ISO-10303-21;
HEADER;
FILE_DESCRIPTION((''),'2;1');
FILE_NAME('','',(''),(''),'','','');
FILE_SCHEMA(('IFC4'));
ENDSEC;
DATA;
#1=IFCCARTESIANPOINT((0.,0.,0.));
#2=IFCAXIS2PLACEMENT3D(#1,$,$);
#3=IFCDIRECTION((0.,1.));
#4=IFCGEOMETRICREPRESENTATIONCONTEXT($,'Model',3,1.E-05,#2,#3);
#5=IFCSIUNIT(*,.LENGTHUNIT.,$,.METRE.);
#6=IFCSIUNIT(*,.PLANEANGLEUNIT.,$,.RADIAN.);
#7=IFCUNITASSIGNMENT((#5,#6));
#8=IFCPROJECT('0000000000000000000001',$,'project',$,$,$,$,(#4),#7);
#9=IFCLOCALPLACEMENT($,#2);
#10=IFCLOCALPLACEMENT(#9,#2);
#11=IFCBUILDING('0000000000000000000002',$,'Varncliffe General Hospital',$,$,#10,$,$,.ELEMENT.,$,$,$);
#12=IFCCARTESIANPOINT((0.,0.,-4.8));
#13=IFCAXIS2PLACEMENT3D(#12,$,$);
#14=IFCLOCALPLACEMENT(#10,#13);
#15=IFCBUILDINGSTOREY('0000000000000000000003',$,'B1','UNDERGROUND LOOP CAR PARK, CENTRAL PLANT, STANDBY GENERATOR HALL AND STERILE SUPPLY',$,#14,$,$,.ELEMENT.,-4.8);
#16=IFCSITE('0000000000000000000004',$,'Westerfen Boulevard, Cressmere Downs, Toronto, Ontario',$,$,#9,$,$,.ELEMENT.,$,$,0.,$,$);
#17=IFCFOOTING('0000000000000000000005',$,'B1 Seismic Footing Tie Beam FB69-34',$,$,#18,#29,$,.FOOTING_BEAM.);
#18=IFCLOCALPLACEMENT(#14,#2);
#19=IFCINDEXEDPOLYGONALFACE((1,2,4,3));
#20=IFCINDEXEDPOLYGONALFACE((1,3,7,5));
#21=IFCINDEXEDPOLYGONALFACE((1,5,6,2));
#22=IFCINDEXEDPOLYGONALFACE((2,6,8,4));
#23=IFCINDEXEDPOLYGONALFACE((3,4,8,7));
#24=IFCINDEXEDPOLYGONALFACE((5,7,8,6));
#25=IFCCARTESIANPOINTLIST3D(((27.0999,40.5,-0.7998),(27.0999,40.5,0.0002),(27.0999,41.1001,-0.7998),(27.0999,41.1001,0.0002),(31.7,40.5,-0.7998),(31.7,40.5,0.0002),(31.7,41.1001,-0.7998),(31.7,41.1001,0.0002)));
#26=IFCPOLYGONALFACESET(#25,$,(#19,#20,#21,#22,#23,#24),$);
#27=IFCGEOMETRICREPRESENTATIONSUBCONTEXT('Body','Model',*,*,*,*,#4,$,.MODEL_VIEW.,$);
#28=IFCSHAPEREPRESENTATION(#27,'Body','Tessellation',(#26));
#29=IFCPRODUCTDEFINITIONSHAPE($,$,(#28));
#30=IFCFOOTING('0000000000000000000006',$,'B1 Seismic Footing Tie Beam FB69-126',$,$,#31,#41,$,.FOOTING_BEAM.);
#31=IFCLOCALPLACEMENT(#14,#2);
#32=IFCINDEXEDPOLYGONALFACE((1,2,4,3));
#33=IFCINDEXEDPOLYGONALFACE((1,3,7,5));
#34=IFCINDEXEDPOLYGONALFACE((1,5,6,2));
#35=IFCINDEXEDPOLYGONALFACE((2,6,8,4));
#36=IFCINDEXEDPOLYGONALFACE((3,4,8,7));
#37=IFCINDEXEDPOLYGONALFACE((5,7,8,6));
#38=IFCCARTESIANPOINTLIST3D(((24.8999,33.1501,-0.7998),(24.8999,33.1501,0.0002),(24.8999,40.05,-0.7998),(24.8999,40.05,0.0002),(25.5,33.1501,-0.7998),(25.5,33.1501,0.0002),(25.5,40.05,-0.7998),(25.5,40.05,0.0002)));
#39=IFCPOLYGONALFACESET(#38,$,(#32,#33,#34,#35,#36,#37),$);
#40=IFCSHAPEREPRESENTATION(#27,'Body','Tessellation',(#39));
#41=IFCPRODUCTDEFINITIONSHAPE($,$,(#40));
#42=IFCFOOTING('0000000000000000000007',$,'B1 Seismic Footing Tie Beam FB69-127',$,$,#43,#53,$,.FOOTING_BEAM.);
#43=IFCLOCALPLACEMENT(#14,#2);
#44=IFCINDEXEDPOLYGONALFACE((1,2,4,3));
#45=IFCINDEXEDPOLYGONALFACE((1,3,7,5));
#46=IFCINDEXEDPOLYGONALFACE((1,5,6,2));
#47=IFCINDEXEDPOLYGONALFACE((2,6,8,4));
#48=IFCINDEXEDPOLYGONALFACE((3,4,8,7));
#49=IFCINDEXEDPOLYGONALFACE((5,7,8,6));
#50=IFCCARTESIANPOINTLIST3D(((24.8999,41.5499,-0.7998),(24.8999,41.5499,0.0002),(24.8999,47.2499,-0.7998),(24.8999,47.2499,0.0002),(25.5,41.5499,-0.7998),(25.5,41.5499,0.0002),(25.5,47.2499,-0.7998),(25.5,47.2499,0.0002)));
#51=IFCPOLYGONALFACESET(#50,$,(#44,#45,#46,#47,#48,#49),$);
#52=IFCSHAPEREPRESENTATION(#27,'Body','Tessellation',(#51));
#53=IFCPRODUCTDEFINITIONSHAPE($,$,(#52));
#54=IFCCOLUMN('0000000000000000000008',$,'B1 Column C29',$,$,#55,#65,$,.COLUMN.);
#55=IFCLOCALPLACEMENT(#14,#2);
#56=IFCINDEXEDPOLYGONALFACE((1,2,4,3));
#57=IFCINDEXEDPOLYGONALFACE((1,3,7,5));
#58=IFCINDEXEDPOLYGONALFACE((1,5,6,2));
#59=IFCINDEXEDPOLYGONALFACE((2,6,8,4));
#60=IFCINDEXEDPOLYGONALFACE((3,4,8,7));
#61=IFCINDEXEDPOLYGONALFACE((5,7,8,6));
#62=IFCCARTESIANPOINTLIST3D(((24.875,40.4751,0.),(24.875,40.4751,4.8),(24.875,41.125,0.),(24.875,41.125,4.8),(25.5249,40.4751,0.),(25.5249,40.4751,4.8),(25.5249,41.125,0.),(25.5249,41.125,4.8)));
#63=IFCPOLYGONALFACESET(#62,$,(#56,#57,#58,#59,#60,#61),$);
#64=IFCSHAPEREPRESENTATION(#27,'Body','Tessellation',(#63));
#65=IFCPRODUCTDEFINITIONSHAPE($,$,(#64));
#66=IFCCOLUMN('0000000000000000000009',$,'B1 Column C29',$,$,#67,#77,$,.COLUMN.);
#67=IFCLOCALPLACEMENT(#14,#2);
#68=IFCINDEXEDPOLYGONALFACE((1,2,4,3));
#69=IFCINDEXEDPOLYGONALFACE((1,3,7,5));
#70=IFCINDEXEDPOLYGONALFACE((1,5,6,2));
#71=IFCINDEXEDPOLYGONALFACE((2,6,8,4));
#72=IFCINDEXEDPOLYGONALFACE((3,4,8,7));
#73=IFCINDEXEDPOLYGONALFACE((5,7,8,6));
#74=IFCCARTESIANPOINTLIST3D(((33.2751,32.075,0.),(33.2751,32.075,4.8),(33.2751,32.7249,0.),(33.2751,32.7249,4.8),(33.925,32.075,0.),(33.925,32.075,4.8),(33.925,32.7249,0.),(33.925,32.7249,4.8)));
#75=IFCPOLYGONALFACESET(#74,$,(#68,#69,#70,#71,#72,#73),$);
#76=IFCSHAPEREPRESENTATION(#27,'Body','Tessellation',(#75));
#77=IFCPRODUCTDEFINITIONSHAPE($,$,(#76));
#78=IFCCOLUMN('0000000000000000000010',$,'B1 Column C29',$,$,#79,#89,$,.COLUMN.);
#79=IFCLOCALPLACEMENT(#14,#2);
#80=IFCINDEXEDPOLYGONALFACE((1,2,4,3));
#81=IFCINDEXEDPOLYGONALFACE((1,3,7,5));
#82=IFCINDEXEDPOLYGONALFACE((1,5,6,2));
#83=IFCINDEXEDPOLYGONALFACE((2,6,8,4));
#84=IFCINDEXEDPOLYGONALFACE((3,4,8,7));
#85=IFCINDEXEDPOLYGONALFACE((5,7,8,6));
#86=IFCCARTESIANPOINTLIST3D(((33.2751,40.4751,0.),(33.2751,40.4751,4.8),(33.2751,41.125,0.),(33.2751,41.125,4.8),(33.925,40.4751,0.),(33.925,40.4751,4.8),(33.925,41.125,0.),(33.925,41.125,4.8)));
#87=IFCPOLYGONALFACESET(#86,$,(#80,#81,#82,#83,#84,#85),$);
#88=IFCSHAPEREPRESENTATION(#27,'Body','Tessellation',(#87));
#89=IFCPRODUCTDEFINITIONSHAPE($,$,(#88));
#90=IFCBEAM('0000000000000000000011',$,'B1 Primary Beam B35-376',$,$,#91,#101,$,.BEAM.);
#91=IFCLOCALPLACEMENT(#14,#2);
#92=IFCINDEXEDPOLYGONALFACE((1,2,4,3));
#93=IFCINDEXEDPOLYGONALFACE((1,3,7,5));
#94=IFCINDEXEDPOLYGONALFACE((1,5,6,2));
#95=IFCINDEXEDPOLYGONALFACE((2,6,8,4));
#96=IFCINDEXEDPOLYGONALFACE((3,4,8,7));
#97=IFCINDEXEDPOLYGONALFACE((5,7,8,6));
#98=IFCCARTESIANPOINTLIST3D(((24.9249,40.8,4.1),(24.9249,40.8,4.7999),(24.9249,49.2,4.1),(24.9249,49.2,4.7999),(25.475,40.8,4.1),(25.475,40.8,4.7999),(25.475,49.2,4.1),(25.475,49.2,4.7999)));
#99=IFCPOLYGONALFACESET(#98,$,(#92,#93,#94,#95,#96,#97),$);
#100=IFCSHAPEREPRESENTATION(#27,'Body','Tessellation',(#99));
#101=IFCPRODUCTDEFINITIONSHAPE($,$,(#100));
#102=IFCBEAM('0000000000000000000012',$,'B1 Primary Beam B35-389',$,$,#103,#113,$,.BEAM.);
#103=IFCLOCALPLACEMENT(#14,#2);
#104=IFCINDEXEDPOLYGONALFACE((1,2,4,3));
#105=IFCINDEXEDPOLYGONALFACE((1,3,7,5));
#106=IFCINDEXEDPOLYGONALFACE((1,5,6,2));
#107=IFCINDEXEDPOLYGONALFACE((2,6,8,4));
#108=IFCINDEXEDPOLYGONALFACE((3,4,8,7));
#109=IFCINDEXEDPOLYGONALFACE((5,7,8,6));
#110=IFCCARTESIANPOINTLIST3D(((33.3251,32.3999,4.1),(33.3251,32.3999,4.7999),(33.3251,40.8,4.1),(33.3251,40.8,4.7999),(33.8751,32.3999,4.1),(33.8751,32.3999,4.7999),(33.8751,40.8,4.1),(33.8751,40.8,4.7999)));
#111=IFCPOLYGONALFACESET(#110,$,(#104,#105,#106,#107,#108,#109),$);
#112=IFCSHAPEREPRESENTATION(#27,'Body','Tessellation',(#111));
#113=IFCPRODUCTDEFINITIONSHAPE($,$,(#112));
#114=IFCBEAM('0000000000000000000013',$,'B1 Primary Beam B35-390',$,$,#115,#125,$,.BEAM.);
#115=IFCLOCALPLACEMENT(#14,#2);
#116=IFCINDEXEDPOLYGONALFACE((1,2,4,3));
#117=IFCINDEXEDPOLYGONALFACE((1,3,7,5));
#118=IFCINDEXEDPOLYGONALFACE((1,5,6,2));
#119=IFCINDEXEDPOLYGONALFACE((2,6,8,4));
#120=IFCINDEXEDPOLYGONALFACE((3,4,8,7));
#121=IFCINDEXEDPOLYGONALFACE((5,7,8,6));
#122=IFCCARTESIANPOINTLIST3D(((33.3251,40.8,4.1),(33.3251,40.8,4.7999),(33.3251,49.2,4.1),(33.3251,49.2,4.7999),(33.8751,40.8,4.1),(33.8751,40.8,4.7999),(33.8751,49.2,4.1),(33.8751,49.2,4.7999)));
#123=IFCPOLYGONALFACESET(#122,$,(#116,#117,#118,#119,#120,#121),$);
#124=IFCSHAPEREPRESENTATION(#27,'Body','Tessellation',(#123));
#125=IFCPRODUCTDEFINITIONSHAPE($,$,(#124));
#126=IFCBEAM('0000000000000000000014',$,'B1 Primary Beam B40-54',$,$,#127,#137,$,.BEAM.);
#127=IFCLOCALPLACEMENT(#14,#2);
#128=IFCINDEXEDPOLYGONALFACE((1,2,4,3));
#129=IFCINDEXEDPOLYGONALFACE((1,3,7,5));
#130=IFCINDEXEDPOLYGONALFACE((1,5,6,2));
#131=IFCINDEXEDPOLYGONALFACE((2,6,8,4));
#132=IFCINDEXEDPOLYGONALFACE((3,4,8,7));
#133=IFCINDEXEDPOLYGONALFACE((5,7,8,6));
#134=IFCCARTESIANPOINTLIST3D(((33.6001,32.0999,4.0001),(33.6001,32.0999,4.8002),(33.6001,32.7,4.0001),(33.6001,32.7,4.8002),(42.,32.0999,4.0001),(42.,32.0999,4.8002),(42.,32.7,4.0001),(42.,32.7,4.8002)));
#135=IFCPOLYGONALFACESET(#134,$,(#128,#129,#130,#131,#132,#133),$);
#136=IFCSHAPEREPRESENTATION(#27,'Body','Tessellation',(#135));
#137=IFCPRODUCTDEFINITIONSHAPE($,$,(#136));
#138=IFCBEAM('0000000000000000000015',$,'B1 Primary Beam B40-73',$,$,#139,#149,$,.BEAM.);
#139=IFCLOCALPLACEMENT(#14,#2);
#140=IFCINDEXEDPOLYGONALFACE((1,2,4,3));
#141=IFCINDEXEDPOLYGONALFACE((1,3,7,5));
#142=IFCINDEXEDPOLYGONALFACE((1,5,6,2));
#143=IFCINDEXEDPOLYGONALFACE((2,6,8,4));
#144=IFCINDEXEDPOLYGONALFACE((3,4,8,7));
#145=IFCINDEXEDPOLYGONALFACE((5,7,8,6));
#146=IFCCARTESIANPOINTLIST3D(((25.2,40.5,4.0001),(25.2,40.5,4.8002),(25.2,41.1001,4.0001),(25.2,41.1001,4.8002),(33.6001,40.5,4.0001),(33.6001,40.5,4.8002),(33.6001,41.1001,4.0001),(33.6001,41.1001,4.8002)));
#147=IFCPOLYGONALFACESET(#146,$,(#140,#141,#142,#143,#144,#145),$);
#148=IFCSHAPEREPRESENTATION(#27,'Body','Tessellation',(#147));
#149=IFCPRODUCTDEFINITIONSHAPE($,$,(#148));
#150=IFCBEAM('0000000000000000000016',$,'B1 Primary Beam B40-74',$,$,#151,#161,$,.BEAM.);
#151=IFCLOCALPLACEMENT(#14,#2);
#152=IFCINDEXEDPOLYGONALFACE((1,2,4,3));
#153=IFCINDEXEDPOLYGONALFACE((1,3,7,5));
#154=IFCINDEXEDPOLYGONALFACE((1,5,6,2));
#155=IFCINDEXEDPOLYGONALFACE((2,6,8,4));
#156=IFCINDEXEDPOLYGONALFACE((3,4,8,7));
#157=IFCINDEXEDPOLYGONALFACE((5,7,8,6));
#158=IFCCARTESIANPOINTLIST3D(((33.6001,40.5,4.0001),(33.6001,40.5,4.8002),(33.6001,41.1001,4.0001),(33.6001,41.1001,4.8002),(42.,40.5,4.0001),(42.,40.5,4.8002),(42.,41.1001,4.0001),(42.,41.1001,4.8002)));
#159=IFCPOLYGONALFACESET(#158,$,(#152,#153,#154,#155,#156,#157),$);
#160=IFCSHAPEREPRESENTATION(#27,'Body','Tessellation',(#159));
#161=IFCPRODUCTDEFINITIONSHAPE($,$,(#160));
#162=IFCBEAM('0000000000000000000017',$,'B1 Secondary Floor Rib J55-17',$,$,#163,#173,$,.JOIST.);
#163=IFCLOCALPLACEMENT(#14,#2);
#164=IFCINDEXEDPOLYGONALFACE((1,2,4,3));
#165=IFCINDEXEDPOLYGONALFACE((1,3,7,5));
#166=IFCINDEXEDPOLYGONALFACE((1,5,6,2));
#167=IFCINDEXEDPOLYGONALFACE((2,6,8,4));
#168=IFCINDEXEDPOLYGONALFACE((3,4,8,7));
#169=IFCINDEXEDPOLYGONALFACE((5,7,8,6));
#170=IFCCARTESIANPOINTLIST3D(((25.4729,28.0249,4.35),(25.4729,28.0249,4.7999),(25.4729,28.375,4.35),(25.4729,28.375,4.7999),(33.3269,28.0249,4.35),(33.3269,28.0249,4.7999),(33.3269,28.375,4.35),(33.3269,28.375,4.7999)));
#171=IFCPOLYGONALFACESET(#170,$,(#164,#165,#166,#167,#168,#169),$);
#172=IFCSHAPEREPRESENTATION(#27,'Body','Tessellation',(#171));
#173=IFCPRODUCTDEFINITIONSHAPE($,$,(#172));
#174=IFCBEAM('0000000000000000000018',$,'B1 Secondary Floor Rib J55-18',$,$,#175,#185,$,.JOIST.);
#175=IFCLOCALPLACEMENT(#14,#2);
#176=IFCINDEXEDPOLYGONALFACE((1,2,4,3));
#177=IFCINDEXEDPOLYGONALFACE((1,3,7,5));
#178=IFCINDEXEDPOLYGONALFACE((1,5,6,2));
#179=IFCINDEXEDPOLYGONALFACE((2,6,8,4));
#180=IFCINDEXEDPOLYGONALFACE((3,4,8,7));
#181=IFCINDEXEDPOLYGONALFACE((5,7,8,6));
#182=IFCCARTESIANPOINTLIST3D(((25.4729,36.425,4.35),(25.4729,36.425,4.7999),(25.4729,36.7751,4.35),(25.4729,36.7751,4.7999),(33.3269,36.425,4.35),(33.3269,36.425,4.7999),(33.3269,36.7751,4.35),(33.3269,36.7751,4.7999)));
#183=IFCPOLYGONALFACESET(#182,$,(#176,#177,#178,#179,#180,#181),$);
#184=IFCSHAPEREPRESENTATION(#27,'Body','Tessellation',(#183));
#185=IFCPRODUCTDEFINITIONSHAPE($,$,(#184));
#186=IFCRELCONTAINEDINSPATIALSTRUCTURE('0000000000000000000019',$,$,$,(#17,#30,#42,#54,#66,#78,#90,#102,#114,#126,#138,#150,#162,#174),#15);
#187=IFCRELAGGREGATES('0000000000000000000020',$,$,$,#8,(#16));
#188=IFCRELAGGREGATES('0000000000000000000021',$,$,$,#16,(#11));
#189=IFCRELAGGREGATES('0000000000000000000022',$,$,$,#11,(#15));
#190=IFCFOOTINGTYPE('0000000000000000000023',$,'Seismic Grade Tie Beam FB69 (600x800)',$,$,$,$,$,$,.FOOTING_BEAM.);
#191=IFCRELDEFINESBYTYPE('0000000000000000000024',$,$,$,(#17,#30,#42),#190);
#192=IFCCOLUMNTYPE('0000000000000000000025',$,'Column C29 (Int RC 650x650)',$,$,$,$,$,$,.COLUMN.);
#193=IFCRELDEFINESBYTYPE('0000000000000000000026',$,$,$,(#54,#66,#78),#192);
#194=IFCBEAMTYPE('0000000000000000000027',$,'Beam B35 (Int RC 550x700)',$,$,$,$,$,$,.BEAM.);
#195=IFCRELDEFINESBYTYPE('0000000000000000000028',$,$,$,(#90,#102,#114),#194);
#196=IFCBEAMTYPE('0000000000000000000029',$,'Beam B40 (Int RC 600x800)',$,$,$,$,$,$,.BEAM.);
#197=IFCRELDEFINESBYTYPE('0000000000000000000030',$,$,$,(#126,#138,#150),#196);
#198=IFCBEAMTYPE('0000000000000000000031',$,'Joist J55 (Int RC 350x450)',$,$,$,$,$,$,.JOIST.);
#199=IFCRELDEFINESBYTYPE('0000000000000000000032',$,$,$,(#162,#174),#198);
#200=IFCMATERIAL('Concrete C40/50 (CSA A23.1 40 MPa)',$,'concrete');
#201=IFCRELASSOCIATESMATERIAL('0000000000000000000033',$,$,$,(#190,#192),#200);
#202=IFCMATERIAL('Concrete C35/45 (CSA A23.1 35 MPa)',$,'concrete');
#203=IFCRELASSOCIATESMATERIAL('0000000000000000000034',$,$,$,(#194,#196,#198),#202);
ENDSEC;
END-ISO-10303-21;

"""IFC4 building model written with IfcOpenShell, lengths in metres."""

from ifc_helpers import new_model, si_unit, direction, frame, origin, origin_2d, place, context, subcontext, project, spatial, rectangle, extrude, material, material_profile, profile_set, type_object, element, save


model = new_model("IFC4")

# Units and contexts
model_context = context("Model", 3, precision=1e-05, world=origin(), true_north=direction((0.0, 1.0)))
body_context = subcontext(model_context, "Body", "Model", "MODEL_VIEW")
ifc_project = project(units=[si_unit("LENGTHUNIT", "METRE"), si_unit("PLANEANGLEUNIT", "RADIAN")], contexts=[model_context])

# Site, building, storey
site_placement = place(None, origin())
site = spatial("IfcSite", under=ifc_project, at=site_placement, Name="Westerfen Boulevard, Cressmere Downs, Toronto, Ontario", CompositionType="ELEMENT", RefElevation=0.0)
building_placement = place(site_placement, origin())
building = spatial("IfcBuilding", under=site, at=building_placement, Name="Varncliffe General Hospital", CompositionType="ELEMENT")
storey_placement = place(building_placement, frame((0.0, 0.0, -4.8)))
storey = spatial("IfcBuildingStorey", under=building, at=storey_placement, Name="B1", Description="UNDERGROUND LOOP CAR PARK, CENTRAL PLANT, STANDBY GENERATOR HALL AND STERILE SUPPLY", CompositionType="ELEMENT", Elevation=-4.8)

# Shared definitions
ifc_material_1 = material(Name="Concrete C40/50 (CSA A23.1 40 MPa)", Category="concrete")

# Footings
footing_type_1 = type_object("IfcFootingType", Name="Seismic Grade Tie Beam FB69 (600x800)", PredefinedType="FOOTING_BEAM", material=ifc_material_1)
footing_1_placement = place(storey_placement, frame((29.3999, 40.8, -0.7998), z_axis=(0.0, 0.0, 1.0), x_axis=(1.0, 0.0, 0.0)))
element("IfcFooting", 1, at=footing_1_placement, inside=storey, type_object=footing_type_1, Name="B1 Seismic Footing Tie Beam FB69-34", PredefinedType="FOOTING_BEAM", context=body_context, shape_type="SweptSolid", body=[
    extrude(rectangle(XDim=4.6001, YDim=0.6001, at=origin_2d()), origin(), (0.0, 0.0, 1.0), 0.8),
])
footing_2_placement = place(storey_placement, frame((25.2, 36.6001, -0.7998), z_axis=(0.0, 0.0, 1.0), x_axis=(1.0, 0.0, 0.0)))
element("IfcFooting", 2, at=footing_2_placement, inside=storey, type_object=footing_type_1, Name="B1 Seismic Footing Tie Beam FB69-126", PredefinedType="FOOTING_BEAM", context=body_context, shape_type="SweptSolid", body=[
    extrude(rectangle(XDim=0.6001, YDim=6.8999, at=origin_2d()), origin(), (0.0, 0.0, 1.0), 0.8),
])
footing_3_placement = place(storey_placement, frame((25.2, 44.3999, -0.7998), z_axis=(0.0, 0.0, 1.0), x_axis=(1.0, 0.0, 0.0)))
element("IfcFooting", 3, at=footing_3_placement, inside=storey, type_object=footing_type_1, Name="B1 Seismic Footing Tie Beam FB69-127", PredefinedType="FOOTING_BEAM", context=body_context, shape_type="SweptSolid", body=[
    extrude(rectangle(XDim=0.6001, YDim=5.7, at=origin_2d()), origin(), (0.0, 0.0, 1.0), 0.8),
])

# Columns
ifc_material_profile_1 = material_profile(ifc_material_1, rectangle(XDim=0.6499, YDim=0.6499, at=origin_2d()), Name="RC 650x650")
ifc_profile_set_1 = profile_set([ifc_material_profile_1], Name="Concrete C40/50 (CSA A23.1 40 MPa)")
column_type = type_object("IfcColumnType", Name="Column C29 (Int RC 650x650)", PredefinedType="COLUMN", material=ifc_profile_set_1)
for number, where, z_axis, x_axis, name in (
    (4, (25.2, 40.8, 0.0), (0.0, 0.0, 1.0), (1.0, 0.0, 0.0), "B1 Column C29"),
    (5, (33.6001, 32.3999, 0.0), (0.0, 0.0, 1.0), (1.0, 0.0, 0.0), "B1 Column C29"),
    (6, (33.6001, 40.8, 0.0), (0.0, 0.0, 1.0), (1.0, 0.0, 0.0), "B1 Column C29"),
):
    element("IfcColumn", number, at=place(storey_placement, frame(where, z_axis=z_axis, x_axis=x_axis)), inside=storey, type_object=column_type, Name=name, PredefinedType="COLUMN", context=body_context, shape_type="SweptSolid", body=[
        extrude(rectangle(XDim=0.6499, YDim=0.6499, at=origin_2d()), origin(), (0.0, 0.0, 1.0), 4.8),
    ])

# Beams
ifc_material_2 = material(Name="Concrete C35/45 (CSA A23.1 35 MPa)", Category="concrete")
ifc_material_profile_2 = material_profile(ifc_material_2, rectangle(XDim=0.55, YDim=0.7, at=origin_2d()), Name="RC 550x700")
ifc_profile_set_2 = profile_set([ifc_material_profile_2], Name="Concrete C35/45 (CSA A23.1 35 MPa)")
beam_type_1 = type_object("IfcBeamType", Name="Beam B35 (Int RC 550x700)", PredefinedType="BEAM", material=ifc_profile_set_2)
beam_1_placement = place(storey_placement, frame((25.2, 40.8, 4.45), z_axis=(0.0, 1.0, 0.0), x_axis=(-1.0, 0.0, 0.0)))
element("IfcBeam", 7, at=beam_1_placement, inside=storey, type_object=beam_type_1, Name="B1 Primary Beam B35-376", PredefinedType="BEAM", context=body_context, shape_type="SweptSolid", body=[
    extrude(rectangle(XDim=0.55, YDim=0.7, at=origin_2d()), origin(), (0.0, 0.0, 1.0), 8.3999),
])
beam_2_placement = place(storey_placement, frame((33.6001, 32.3999, 4.45), z_axis=(0.0, 1.0, 0.0), x_axis=(-1.0, 0.0, 0.0)))
element("IfcBeam", 8, at=beam_2_placement, inside=storey, type_object=beam_type_1, Name="B1 Primary Beam B35-389", PredefinedType="BEAM", context=body_context, shape_type="SweptSolid", body=[
    extrude(rectangle(XDim=0.55, YDim=0.7, at=origin_2d()), origin(), (0.0, 0.0, 1.0), 8.4001),
])
beam_3_placement = place(storey_placement, frame((33.6001, 40.8, 4.45), z_axis=(0.0, 1.0, 0.0), x_axis=(-1.0, 0.0, 0.0)))
element("IfcBeam", 9, at=beam_3_placement, inside=storey, type_object=beam_type_1, Name="B1 Primary Beam B35-390", PredefinedType="BEAM", context=body_context, shape_type="SweptSolid", body=[
    extrude(rectangle(XDim=0.55, YDim=0.7, at=origin_2d()), origin(), (0.0, 0.0, 1.0), 8.3999),
])
ifc_material_profile_3 = material_profile(ifc_material_2, rectangle(XDim=0.6001, YDim=0.8, at=origin_2d()), Name="RC 600x800")
ifc_profile_set_3 = profile_set([ifc_material_profile_3], Name="Concrete C35/45 (CSA A23.1 35 MPa)")
beam_type_2 = type_object("IfcBeamType", Name="Beam B40 (Int RC 600x800)", PredefinedType="BEAM", material=ifc_profile_set_3)
beam_4_placement = place(storey_placement, frame((33.6001, 32.3999, 4.4001), z_axis=(1.0, 0.0, 0.0), x_axis=(0.0, 1.0, 0.0)))
element("IfcBeam", 10, at=beam_4_placement, inside=storey, type_object=beam_type_2, Name="B1 Primary Beam B40-54", PredefinedType="BEAM", context=body_context, shape_type="SweptSolid", body=[
    extrude(rectangle(XDim=0.6001, YDim=0.8, at=origin_2d()), origin(), (0.0, 0.0, 1.0), 8.3999),
])
beam_5_placement = place(storey_placement, frame((25.2, 40.8, 4.4001), z_axis=(1.0, 0.0, 0.0), x_axis=(0.0, 1.0, 0.0)))
element("IfcBeam", 11, at=beam_5_placement, inside=storey, type_object=beam_type_2, Name="B1 Primary Beam B40-73", PredefinedType="BEAM", context=body_context, shape_type="SweptSolid", body=[
    extrude(rectangle(XDim=0.6001, YDim=0.8, at=origin_2d()), origin(), (0.0, 0.0, 1.0), 8.4001),
])
beam_6_placement = place(storey_placement, frame((33.6001, 40.8, 4.4001), z_axis=(1.0, 0.0, 0.0), x_axis=(0.0, 1.0, 0.0)))
element("IfcBeam", 12, at=beam_6_placement, inside=storey, type_object=beam_type_2, Name="B1 Primary Beam B40-74", PredefinedType="BEAM", context=body_context, shape_type="SweptSolid", body=[
    extrude(rectangle(XDim=0.6001, YDim=0.8, at=origin_2d()), origin(), (0.0, 0.0, 1.0), 8.3999),
])
ifc_material_profile_4 = material_profile(ifc_material_2, rectangle(XDim=0.3501, YDim=0.45, at=origin_2d()), Name="RC 350x450")
ifc_profile_set_4 = profile_set([ifc_material_profile_4], Name="Concrete C35/45 (CSA A23.1 35 MPa)")
beam_type_3 = type_object("IfcBeamType", Name="Joist J55 (Int RC 350x450)", PredefinedType="JOIST", material=ifc_profile_set_4)
for number, where, z_axis, x_axis, name in (
    (13, (25.4729, 28.2, 4.575), (1.0, 0.0, 0.0), (0.0, 1.0, 0.0), "B1 Secondary Floor Rib J55-17"),
    (14, (25.4729, 36.6001, 4.575), (1.0, 0.0, 0.0), (0.0, 1.0, 0.0), "B1 Secondary Floor Rib J55-18"),
):
    element("IfcBeam", number, at=place(storey_placement, frame(where, z_axis=z_axis, x_axis=x_axis)), inside=storey, type_object=beam_type_3, Name=name, PredefinedType="JOIST", context=body_context, shape_type="SweptSolid", body=[
        extrude(rectangle(XDim=0.3501, YDim=0.45, at=origin_2d()), origin(), (0.0, 0.0, 1.0), 7.854),
    ])

save(model, "model.ifc")
